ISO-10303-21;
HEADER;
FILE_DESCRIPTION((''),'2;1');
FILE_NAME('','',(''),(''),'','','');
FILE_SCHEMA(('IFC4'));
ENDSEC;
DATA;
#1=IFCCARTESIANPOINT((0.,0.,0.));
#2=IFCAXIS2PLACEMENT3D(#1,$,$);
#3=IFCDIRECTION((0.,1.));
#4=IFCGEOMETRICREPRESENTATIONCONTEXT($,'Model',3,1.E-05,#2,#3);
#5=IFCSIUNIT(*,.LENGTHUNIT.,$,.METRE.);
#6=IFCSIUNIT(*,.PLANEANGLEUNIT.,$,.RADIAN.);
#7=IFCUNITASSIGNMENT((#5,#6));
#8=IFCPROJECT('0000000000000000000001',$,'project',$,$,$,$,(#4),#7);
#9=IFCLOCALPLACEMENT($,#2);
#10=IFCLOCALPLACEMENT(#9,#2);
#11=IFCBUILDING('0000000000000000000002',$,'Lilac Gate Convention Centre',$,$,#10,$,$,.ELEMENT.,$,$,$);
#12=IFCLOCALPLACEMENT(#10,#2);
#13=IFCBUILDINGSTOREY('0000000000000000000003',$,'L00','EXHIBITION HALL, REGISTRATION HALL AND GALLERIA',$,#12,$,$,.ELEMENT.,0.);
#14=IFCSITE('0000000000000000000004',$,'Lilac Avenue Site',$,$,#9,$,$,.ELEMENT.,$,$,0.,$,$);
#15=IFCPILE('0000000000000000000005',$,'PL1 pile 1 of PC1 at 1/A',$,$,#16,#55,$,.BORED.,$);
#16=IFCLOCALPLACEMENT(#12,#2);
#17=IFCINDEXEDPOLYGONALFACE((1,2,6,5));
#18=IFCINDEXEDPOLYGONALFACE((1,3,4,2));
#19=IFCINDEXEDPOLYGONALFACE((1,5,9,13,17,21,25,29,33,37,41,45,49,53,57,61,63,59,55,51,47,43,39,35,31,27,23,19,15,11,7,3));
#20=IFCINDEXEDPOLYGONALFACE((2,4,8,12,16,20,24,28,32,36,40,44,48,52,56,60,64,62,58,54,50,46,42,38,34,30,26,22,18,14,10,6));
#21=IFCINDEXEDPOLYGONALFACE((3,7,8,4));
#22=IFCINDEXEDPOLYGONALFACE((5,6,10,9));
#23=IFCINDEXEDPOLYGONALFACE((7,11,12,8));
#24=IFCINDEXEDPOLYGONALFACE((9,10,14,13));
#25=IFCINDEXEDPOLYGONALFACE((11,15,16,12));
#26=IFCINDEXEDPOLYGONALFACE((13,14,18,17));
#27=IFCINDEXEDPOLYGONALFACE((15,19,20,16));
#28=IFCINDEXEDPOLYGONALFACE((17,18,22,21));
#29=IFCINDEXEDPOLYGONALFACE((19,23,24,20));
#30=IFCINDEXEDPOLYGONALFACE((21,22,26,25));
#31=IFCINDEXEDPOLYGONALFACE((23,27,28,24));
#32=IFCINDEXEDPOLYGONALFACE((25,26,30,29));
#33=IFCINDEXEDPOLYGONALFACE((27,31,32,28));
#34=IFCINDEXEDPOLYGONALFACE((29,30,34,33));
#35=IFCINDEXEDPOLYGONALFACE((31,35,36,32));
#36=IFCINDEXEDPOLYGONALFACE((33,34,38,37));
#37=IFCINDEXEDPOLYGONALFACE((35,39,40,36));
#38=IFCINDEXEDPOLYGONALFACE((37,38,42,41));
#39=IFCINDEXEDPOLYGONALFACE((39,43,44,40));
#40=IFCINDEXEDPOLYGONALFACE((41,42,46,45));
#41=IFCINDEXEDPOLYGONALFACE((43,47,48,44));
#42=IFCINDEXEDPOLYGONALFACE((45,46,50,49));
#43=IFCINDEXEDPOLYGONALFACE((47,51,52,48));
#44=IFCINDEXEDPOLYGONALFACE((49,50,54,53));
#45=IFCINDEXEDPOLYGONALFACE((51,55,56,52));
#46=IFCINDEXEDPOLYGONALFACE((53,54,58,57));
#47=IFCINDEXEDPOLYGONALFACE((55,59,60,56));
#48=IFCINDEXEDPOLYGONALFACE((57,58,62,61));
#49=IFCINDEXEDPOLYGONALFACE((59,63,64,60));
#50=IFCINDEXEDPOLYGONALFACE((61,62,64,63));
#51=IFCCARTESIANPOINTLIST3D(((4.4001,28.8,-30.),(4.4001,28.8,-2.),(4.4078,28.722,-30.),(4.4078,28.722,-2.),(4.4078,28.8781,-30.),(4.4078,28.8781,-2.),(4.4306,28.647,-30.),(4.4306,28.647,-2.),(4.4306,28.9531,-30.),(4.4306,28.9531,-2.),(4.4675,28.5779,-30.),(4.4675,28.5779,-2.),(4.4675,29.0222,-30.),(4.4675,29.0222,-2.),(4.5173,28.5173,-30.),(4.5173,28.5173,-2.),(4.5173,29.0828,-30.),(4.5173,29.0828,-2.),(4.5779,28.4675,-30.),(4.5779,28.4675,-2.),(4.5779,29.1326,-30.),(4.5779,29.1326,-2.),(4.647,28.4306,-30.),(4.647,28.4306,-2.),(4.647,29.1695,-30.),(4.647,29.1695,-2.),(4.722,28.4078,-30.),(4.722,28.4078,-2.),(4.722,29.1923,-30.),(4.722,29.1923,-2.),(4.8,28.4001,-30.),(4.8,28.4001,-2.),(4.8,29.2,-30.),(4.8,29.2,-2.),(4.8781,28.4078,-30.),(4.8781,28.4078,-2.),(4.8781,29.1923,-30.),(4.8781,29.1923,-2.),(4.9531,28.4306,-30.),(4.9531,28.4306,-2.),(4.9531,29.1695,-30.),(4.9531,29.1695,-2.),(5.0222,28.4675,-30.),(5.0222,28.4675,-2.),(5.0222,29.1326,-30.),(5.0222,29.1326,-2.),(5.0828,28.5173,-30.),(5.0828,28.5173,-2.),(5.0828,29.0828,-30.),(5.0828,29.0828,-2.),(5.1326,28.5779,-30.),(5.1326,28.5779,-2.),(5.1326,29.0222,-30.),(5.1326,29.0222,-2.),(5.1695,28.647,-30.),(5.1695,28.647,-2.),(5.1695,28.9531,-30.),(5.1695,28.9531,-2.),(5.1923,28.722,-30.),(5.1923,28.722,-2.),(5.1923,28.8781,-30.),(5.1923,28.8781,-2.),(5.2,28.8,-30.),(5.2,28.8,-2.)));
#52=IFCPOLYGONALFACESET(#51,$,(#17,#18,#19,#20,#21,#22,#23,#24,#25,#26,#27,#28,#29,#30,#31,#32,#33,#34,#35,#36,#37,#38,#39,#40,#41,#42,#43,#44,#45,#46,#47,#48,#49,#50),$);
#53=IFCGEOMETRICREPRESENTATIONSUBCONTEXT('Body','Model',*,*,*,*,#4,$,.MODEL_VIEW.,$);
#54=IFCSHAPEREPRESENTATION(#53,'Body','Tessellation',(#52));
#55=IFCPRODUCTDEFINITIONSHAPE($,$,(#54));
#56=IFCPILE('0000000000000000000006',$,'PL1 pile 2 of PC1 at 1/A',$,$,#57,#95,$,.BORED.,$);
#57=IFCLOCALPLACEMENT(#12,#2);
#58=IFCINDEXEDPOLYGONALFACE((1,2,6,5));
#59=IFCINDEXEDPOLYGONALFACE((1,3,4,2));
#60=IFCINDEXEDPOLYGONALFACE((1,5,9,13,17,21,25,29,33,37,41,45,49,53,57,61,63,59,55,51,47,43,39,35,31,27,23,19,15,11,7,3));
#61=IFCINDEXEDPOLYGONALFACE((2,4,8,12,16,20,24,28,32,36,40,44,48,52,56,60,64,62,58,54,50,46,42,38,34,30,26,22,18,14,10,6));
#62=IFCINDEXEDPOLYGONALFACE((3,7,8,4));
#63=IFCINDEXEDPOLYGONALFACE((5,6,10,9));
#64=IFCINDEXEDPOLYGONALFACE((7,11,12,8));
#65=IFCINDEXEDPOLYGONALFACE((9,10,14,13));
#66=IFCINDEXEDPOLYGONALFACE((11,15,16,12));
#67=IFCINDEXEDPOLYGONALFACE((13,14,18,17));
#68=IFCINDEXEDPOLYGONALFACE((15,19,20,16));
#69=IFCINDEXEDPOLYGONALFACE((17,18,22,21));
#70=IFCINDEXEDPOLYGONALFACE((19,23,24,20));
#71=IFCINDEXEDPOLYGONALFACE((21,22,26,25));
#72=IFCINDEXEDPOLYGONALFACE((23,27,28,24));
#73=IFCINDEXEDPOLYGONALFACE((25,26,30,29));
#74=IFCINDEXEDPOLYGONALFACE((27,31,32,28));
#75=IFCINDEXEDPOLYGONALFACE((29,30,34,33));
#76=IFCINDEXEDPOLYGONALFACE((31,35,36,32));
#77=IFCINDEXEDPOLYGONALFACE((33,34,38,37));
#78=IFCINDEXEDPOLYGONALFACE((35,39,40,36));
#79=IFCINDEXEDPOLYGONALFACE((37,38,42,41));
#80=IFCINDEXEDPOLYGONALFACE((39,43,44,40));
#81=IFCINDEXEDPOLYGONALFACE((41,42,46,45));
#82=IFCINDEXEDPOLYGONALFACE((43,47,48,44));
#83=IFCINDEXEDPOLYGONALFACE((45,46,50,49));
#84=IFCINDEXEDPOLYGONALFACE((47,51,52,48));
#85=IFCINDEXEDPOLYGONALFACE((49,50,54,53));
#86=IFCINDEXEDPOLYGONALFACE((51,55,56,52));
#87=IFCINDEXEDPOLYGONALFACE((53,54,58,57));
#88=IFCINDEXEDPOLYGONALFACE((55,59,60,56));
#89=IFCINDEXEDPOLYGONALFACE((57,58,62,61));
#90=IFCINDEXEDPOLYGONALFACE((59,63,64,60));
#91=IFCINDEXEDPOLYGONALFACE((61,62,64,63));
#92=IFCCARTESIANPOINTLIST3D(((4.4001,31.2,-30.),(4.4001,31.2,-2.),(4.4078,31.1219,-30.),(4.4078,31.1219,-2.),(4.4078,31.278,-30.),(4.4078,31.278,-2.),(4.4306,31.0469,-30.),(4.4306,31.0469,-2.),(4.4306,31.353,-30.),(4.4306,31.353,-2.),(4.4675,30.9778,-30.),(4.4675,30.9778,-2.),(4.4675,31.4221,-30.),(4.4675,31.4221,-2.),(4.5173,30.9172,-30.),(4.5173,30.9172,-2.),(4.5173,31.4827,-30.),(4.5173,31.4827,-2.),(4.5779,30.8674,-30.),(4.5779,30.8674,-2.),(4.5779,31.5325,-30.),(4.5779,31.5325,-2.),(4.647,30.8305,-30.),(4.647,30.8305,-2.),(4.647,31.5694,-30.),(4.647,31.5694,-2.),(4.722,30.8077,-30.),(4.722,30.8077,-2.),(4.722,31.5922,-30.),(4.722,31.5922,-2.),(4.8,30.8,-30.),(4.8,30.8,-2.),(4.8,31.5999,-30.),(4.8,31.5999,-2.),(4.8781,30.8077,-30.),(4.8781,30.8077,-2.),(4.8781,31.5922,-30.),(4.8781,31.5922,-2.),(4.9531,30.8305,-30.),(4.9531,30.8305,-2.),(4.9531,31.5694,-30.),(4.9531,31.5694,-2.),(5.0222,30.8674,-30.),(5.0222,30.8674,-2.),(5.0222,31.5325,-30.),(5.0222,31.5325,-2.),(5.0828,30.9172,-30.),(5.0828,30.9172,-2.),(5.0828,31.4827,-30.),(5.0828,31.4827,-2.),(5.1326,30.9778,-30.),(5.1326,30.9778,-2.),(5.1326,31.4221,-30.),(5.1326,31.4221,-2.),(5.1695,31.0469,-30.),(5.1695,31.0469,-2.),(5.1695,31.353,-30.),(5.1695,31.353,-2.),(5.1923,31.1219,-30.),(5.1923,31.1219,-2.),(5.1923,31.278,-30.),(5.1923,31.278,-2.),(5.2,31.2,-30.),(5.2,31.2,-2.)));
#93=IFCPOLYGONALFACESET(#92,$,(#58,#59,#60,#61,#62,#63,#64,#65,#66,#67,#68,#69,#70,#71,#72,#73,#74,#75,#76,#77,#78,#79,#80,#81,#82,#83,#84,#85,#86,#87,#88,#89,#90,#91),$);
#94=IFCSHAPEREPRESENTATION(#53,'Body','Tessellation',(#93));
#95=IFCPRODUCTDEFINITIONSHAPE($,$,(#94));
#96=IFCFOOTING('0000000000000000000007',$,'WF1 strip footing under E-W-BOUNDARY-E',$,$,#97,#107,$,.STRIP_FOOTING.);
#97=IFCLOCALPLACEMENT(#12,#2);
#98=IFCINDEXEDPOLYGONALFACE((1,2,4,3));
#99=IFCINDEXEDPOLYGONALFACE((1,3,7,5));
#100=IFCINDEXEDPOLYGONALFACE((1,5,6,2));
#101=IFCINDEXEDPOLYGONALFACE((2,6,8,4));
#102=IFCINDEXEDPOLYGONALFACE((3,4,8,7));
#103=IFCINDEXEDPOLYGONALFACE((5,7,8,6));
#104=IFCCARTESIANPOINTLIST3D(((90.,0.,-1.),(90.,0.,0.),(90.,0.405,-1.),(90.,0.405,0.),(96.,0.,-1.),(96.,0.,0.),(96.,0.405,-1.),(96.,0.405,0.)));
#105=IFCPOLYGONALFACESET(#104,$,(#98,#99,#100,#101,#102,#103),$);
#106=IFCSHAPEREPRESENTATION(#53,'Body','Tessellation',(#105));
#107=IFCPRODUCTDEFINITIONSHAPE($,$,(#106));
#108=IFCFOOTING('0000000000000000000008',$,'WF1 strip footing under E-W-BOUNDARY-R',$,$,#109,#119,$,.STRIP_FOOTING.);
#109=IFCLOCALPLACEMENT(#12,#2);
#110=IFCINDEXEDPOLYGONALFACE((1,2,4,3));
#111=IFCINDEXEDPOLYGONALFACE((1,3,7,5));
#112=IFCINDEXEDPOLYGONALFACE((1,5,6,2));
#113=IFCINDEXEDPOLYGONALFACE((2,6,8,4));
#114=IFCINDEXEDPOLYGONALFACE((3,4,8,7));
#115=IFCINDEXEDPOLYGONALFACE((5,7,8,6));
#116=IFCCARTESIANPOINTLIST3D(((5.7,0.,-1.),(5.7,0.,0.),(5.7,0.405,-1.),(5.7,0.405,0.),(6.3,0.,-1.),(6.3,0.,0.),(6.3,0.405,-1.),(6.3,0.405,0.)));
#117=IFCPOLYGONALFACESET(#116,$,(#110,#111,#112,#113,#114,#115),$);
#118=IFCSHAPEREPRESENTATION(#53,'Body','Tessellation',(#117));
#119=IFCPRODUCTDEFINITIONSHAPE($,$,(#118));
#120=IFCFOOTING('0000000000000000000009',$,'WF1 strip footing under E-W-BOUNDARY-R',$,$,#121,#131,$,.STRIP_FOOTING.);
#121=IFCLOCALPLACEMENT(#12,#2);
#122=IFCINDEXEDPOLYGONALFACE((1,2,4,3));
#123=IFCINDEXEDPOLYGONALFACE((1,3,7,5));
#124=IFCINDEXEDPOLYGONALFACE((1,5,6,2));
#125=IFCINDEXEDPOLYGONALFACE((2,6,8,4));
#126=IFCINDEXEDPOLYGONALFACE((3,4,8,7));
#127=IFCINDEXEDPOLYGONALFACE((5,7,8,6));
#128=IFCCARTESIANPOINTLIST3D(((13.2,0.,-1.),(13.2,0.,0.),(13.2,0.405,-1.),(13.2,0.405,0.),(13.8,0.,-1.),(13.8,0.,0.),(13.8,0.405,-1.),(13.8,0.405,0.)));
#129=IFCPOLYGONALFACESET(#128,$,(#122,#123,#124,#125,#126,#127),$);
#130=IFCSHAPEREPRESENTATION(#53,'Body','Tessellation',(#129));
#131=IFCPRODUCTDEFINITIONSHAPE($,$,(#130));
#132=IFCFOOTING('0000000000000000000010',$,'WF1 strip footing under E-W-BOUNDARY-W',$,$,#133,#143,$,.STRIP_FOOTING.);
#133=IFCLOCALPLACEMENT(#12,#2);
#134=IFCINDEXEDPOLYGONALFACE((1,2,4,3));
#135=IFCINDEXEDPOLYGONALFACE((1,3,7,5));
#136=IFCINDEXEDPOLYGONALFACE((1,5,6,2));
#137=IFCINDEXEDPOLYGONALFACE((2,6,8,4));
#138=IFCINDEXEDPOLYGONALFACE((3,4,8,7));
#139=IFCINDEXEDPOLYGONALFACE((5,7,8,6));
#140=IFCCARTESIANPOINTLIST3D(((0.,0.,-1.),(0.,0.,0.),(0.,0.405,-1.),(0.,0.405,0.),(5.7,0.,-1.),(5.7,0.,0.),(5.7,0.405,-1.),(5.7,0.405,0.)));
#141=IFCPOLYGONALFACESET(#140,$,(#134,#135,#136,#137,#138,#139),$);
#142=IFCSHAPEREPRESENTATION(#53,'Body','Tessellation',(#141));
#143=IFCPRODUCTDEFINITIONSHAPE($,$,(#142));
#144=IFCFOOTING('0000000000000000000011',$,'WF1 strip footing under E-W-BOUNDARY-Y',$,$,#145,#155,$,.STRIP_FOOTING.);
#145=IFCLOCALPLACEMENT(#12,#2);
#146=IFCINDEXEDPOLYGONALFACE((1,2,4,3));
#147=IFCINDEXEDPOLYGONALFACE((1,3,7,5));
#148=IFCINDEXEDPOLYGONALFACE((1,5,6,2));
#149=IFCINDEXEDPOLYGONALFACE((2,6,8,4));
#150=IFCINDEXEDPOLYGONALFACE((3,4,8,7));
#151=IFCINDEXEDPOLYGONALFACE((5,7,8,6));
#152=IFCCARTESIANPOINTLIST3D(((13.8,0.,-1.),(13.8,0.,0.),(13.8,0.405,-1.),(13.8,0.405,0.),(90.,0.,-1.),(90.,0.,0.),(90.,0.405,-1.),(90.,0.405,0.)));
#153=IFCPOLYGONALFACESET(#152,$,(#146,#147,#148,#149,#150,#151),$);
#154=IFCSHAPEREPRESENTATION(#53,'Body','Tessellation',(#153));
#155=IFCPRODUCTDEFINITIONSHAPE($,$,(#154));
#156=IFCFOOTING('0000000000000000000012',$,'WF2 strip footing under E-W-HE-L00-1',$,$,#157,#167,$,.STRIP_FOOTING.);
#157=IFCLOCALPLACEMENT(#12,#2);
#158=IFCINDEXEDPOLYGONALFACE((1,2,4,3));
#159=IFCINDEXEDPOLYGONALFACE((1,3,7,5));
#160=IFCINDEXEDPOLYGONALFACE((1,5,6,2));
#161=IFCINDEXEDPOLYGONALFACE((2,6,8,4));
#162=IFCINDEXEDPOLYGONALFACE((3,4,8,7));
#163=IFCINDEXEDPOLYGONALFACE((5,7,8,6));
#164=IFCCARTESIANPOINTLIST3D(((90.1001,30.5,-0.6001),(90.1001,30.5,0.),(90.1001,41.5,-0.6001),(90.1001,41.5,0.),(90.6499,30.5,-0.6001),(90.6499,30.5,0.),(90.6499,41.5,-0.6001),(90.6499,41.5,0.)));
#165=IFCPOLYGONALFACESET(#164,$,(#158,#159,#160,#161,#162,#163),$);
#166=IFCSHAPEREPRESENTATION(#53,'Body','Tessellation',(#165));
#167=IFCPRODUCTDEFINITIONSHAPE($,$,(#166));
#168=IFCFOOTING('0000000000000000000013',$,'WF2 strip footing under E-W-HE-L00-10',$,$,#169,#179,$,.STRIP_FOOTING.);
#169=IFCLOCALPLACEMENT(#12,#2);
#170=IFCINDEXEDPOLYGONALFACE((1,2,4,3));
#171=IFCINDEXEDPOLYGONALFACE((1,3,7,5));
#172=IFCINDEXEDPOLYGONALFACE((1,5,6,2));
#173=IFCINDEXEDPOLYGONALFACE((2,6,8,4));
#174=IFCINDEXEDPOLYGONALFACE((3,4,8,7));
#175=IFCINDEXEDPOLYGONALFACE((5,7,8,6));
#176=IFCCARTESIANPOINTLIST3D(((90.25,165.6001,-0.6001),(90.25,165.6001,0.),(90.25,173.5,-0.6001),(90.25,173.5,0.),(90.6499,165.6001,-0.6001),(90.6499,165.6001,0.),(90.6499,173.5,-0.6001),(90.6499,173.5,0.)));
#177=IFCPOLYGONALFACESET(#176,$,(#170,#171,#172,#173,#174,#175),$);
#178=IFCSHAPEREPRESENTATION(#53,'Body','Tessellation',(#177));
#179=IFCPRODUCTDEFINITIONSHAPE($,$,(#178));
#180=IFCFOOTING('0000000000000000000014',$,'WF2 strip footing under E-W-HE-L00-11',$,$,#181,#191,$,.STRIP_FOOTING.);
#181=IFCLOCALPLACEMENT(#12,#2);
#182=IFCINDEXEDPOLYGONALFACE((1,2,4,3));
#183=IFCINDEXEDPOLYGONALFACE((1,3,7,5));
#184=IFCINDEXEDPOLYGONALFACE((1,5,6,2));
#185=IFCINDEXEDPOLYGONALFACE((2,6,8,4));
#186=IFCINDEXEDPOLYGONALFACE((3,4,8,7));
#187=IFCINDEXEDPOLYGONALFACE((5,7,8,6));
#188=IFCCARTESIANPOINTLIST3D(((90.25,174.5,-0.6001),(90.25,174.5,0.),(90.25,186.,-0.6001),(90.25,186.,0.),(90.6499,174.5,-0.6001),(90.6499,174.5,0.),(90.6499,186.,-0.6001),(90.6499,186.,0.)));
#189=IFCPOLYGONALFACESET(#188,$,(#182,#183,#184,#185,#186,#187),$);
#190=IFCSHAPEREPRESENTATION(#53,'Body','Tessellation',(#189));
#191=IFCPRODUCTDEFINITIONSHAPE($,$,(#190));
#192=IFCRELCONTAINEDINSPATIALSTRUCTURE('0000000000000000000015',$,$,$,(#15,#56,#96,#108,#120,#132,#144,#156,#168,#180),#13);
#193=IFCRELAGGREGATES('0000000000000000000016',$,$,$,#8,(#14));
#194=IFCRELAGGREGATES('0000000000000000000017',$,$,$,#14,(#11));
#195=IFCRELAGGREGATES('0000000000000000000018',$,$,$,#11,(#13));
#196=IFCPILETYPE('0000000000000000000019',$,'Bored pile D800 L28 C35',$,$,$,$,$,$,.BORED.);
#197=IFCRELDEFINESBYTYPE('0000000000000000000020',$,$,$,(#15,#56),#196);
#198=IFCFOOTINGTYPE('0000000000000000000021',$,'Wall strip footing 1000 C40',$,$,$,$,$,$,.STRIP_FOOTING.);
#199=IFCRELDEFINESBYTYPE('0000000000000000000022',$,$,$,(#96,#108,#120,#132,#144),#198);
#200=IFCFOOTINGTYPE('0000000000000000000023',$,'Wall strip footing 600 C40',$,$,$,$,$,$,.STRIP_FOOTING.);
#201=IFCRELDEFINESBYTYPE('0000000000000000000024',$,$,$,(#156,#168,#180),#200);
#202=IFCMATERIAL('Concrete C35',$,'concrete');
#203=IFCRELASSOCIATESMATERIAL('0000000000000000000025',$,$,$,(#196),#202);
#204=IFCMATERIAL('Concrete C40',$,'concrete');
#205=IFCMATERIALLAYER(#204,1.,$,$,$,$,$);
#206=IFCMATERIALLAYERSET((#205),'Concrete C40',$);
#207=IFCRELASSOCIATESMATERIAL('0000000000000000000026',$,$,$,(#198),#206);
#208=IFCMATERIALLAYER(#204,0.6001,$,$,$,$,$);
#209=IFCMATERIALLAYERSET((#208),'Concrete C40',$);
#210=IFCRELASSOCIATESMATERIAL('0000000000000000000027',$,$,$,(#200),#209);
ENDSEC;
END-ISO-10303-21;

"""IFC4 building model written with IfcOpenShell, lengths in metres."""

from ifc_helpers import new_model, si_unit, direction, frame, origin, origin_2d, place, context, subcontext, project, spatial, polyline, circle, outline, extrude, material, layer, layer_set, material_profile, profile_set, type_object, element, save


model = new_model("IFC4")

# Units and contexts
model_context = context("Model", 3, precision=1e-05, world=origin(), true_north=direction((0.0, 1.0)))
body_context = subcontext(model_context, "Body", "Model", "MODEL_VIEW")
ifc_project = project(units=[si_unit("LENGTHUNIT", "METRE"), si_unit("PLANEANGLEUNIT", "RADIAN")], contexts=[model_context])

# Site, building, storey
site_placement = place(None, origin())
site = spatial("IfcSite", under=ifc_project, at=site_placement, Name="Lilac Avenue Site", CompositionType="ELEMENT", RefElevation=0.0)
building_placement = place(site_placement, origin())
building = spatial("IfcBuilding", under=site, at=building_placement, Name="Lilac Gate Convention Centre", CompositionType="ELEMENT")
storey_placement = place(building_placement, origin())
storey = spatial("IfcBuildingStorey", under=building, at=storey_placement, Name="L00", Description="EXHIBITION HALL, REGISTRATION HALL AND GALLERIA", CompositionType="ELEMENT", Elevation=0.0)

# Piles
ifc_material_1 = material(Name="Concrete C35", Category="concrete")
ifc_material_profile_1 = material_profile(ifc_material_1, circle(Radius=0.3999, at=origin_2d()), Name="D800")
ifc_profile_set_1 = profile_set([ifc_material_profile_1], Name="Concrete C35")
pile_type = type_object("IfcPileType", Name="Bored pile D800 L28 C35", PredefinedType="BORED", material=ifc_profile_set_1)
for number, where, z_axis, x_axis, name in (
    (1, (4.8, 28.8, -2.0), (0.0, 0.0, -1.0), (1.0, 0.0, 0.0), "PL1 pile 1 of PC1 at 1/A"),
    (2, (4.8, 31.2, -2.0), (0.0, 0.0, -1.0), (1.0, 0.0, 0.0), "PL1 pile 2 of PC1 at 1/A"),
):
    element("IfcPile", number, at=place(storey_placement, frame(where, z_axis=z_axis, x_axis=x_axis)), inside=storey, type_object=pile_type, Name=name, PredefinedType="BORED", context=body_context, shape_type="SweptSolid", body=[
        extrude(circle(Radius=0.3999, at=origin_2d()), origin(), (0.0, 0.0, 1.0), 28.0),
    ])

# Footings
ifc_material_2 = material(Name="Concrete C40", Category="concrete")
ifc_layer_1 = layer(ifc_material_2, 1.0)
ifc_layer_set_1 = layer_set([ifc_layer_1], Name="Concrete C40")
footing_type_1 = type_object("IfcFootingType", Name="Wall strip footing 1000 C40", PredefinedType="STRIP_FOOTING", material=ifc_layer_set_1)
footing_1_placement = place(storey_placement, frame((0.0, 0.0, -1.0)))
element("IfcFooting", 3, at=footing_1_placement, inside=storey, type_object=footing_type_1, Name="WF1 strip footing under E-W-BOUNDARY-E", PredefinedType="STRIP_FOOTING", context=body_context, shape_type="SweptSolid", body=[
    extrude(outline(polyline([(90.0, 0.0), (96.0, 0.0), (96.0, 0.405), (90.0, 0.405), (90.0, 0.0)])), origin(), (0.0, 0.0, 1.0), 1.0),
])
footing_2_placement = place(storey_placement, frame((0.0, 0.0, -1.0)))
element("IfcFooting", 4, at=footing_2_placement, inside=storey, type_object=footing_type_1, Name="WF1 strip footing under E-W-BOUNDARY-R", PredefinedType="STRIP_FOOTING", context=body_context, shape_type="SweptSolid", body=[
    extrude(outline(polyline([(5.7, 0.0), (6.3, 0.0), (6.3, 0.405), (5.7, 0.405), (5.7, 0.0)])), origin(), (0.0, 0.0, 1.0), 1.0),
])
footing_3_placement = place(storey_placement, frame((0.0, 0.0, -1.0)))
element("IfcFooting", 5, at=footing_3_placement, inside=storey, type_object=footing_type_1, Name="WF1 strip footing under E-W-BOUNDARY-R", PredefinedType="STRIP_FOOTING", context=body_context, shape_type="SweptSolid", body=[
    extrude(outline(polyline([(13.2, 0.0), (13.8, 0.0), (13.8, 0.405), (13.2, 0.405), (13.2, 0.0)])), origin(), (0.0, 0.0, 1.0), 1.0),
])
footing_4_placement = place(storey_placement, frame((0.0, 0.0, -1.0)))
element("IfcFooting", 6, at=footing_4_placement, inside=storey, type_object=footing_type_1, Name="WF1 strip footing under E-W-BOUNDARY-W", PredefinedType="STRIP_FOOTING", context=body_context, shape_type="SweptSolid", body=[
    extrude(outline(polyline([(0.0, 0.0), (5.7, 0.0), (5.7, 0.405), (0.0, 0.405), (0.0, 0.0)])), origin(), (0.0, 0.0, 1.0), 1.0),
])
footing_5_placement = place(storey_placement, frame((0.0, 0.0, -1.0)))
element("IfcFooting", 7, at=footing_5_placement, inside=storey, type_object=footing_type_1, Name="WF1 strip footing under E-W-BOUNDARY-Y", PredefinedType="STRIP_FOOTING", context=body_context, shape_type="SweptSolid", body=[
    extrude(outline(polyline([(13.8, 0.0), (90.0, 0.0), (90.0, 0.405), (13.8, 0.405), (13.8, 0.0)])), origin(), (0.0, 0.0, 1.0), 1.0),
])
ifc_layer_2 = layer(ifc_material_2, 0.6001)
ifc_layer_set_2 = layer_set([ifc_layer_2], Name="Concrete C40")
footing_type_2 = type_object("IfcFootingType", Name="Wall strip footing 600 C40", PredefinedType="STRIP_FOOTING", material=ifc_layer_set_2)
footing_6_placement = place(storey_placement, frame((0.0, 0.0, -0.6001)))
element("IfcFooting", 8, at=footing_6_placement, inside=storey, type_object=footing_type_2, Name="WF2 strip footing under E-W-HE-L00-1", PredefinedType="STRIP_FOOTING", context=body_context, shape_type="SweptSolid", body=[
    extrude(outline(polyline([(90.1001, 30.5), (90.6499, 30.5), (90.6499, 41.5), (90.1001, 41.5), (90.1001, 30.5)])), origin(), (0.0, 0.0, 1.0), 0.6001),
])
footing_7_placement = place(storey_placement, frame((0.0, 0.0, -0.6001)))
element("IfcFooting", 9, at=footing_7_placement, inside=storey, type_object=footing_type_2, Name="WF2 strip footing under E-W-HE-L00-10", PredefinedType="STRIP_FOOTING", context=body_context, shape_type="SweptSolid", body=[
    extrude(outline(polyline([(90.25, 165.6001), (90.6499, 165.6001), (90.6499, 173.5), (90.25, 173.5), (90.25, 165.6001)])), origin(), (0.0, 0.0, 1.0), 0.6001),
])
footing_8_placement = place(storey_placement, frame((0.0, 0.0, -0.6001)))
element("IfcFooting", 10, at=footing_8_placement, inside=storey, type_object=footing_type_2, Name="WF2 strip footing under E-W-HE-L00-11", PredefinedType="STRIP_FOOTING", context=body_context, shape_type="SweptSolid", body=[
    extrude(outline(polyline([(90.25, 174.5), (90.6499, 174.5), (90.6499, 186.0), (90.25, 186.0), (90.25, 174.5)])), origin(), (0.0, 0.0, 1.0), 0.6001),
])

save(model, "model.ifc")
